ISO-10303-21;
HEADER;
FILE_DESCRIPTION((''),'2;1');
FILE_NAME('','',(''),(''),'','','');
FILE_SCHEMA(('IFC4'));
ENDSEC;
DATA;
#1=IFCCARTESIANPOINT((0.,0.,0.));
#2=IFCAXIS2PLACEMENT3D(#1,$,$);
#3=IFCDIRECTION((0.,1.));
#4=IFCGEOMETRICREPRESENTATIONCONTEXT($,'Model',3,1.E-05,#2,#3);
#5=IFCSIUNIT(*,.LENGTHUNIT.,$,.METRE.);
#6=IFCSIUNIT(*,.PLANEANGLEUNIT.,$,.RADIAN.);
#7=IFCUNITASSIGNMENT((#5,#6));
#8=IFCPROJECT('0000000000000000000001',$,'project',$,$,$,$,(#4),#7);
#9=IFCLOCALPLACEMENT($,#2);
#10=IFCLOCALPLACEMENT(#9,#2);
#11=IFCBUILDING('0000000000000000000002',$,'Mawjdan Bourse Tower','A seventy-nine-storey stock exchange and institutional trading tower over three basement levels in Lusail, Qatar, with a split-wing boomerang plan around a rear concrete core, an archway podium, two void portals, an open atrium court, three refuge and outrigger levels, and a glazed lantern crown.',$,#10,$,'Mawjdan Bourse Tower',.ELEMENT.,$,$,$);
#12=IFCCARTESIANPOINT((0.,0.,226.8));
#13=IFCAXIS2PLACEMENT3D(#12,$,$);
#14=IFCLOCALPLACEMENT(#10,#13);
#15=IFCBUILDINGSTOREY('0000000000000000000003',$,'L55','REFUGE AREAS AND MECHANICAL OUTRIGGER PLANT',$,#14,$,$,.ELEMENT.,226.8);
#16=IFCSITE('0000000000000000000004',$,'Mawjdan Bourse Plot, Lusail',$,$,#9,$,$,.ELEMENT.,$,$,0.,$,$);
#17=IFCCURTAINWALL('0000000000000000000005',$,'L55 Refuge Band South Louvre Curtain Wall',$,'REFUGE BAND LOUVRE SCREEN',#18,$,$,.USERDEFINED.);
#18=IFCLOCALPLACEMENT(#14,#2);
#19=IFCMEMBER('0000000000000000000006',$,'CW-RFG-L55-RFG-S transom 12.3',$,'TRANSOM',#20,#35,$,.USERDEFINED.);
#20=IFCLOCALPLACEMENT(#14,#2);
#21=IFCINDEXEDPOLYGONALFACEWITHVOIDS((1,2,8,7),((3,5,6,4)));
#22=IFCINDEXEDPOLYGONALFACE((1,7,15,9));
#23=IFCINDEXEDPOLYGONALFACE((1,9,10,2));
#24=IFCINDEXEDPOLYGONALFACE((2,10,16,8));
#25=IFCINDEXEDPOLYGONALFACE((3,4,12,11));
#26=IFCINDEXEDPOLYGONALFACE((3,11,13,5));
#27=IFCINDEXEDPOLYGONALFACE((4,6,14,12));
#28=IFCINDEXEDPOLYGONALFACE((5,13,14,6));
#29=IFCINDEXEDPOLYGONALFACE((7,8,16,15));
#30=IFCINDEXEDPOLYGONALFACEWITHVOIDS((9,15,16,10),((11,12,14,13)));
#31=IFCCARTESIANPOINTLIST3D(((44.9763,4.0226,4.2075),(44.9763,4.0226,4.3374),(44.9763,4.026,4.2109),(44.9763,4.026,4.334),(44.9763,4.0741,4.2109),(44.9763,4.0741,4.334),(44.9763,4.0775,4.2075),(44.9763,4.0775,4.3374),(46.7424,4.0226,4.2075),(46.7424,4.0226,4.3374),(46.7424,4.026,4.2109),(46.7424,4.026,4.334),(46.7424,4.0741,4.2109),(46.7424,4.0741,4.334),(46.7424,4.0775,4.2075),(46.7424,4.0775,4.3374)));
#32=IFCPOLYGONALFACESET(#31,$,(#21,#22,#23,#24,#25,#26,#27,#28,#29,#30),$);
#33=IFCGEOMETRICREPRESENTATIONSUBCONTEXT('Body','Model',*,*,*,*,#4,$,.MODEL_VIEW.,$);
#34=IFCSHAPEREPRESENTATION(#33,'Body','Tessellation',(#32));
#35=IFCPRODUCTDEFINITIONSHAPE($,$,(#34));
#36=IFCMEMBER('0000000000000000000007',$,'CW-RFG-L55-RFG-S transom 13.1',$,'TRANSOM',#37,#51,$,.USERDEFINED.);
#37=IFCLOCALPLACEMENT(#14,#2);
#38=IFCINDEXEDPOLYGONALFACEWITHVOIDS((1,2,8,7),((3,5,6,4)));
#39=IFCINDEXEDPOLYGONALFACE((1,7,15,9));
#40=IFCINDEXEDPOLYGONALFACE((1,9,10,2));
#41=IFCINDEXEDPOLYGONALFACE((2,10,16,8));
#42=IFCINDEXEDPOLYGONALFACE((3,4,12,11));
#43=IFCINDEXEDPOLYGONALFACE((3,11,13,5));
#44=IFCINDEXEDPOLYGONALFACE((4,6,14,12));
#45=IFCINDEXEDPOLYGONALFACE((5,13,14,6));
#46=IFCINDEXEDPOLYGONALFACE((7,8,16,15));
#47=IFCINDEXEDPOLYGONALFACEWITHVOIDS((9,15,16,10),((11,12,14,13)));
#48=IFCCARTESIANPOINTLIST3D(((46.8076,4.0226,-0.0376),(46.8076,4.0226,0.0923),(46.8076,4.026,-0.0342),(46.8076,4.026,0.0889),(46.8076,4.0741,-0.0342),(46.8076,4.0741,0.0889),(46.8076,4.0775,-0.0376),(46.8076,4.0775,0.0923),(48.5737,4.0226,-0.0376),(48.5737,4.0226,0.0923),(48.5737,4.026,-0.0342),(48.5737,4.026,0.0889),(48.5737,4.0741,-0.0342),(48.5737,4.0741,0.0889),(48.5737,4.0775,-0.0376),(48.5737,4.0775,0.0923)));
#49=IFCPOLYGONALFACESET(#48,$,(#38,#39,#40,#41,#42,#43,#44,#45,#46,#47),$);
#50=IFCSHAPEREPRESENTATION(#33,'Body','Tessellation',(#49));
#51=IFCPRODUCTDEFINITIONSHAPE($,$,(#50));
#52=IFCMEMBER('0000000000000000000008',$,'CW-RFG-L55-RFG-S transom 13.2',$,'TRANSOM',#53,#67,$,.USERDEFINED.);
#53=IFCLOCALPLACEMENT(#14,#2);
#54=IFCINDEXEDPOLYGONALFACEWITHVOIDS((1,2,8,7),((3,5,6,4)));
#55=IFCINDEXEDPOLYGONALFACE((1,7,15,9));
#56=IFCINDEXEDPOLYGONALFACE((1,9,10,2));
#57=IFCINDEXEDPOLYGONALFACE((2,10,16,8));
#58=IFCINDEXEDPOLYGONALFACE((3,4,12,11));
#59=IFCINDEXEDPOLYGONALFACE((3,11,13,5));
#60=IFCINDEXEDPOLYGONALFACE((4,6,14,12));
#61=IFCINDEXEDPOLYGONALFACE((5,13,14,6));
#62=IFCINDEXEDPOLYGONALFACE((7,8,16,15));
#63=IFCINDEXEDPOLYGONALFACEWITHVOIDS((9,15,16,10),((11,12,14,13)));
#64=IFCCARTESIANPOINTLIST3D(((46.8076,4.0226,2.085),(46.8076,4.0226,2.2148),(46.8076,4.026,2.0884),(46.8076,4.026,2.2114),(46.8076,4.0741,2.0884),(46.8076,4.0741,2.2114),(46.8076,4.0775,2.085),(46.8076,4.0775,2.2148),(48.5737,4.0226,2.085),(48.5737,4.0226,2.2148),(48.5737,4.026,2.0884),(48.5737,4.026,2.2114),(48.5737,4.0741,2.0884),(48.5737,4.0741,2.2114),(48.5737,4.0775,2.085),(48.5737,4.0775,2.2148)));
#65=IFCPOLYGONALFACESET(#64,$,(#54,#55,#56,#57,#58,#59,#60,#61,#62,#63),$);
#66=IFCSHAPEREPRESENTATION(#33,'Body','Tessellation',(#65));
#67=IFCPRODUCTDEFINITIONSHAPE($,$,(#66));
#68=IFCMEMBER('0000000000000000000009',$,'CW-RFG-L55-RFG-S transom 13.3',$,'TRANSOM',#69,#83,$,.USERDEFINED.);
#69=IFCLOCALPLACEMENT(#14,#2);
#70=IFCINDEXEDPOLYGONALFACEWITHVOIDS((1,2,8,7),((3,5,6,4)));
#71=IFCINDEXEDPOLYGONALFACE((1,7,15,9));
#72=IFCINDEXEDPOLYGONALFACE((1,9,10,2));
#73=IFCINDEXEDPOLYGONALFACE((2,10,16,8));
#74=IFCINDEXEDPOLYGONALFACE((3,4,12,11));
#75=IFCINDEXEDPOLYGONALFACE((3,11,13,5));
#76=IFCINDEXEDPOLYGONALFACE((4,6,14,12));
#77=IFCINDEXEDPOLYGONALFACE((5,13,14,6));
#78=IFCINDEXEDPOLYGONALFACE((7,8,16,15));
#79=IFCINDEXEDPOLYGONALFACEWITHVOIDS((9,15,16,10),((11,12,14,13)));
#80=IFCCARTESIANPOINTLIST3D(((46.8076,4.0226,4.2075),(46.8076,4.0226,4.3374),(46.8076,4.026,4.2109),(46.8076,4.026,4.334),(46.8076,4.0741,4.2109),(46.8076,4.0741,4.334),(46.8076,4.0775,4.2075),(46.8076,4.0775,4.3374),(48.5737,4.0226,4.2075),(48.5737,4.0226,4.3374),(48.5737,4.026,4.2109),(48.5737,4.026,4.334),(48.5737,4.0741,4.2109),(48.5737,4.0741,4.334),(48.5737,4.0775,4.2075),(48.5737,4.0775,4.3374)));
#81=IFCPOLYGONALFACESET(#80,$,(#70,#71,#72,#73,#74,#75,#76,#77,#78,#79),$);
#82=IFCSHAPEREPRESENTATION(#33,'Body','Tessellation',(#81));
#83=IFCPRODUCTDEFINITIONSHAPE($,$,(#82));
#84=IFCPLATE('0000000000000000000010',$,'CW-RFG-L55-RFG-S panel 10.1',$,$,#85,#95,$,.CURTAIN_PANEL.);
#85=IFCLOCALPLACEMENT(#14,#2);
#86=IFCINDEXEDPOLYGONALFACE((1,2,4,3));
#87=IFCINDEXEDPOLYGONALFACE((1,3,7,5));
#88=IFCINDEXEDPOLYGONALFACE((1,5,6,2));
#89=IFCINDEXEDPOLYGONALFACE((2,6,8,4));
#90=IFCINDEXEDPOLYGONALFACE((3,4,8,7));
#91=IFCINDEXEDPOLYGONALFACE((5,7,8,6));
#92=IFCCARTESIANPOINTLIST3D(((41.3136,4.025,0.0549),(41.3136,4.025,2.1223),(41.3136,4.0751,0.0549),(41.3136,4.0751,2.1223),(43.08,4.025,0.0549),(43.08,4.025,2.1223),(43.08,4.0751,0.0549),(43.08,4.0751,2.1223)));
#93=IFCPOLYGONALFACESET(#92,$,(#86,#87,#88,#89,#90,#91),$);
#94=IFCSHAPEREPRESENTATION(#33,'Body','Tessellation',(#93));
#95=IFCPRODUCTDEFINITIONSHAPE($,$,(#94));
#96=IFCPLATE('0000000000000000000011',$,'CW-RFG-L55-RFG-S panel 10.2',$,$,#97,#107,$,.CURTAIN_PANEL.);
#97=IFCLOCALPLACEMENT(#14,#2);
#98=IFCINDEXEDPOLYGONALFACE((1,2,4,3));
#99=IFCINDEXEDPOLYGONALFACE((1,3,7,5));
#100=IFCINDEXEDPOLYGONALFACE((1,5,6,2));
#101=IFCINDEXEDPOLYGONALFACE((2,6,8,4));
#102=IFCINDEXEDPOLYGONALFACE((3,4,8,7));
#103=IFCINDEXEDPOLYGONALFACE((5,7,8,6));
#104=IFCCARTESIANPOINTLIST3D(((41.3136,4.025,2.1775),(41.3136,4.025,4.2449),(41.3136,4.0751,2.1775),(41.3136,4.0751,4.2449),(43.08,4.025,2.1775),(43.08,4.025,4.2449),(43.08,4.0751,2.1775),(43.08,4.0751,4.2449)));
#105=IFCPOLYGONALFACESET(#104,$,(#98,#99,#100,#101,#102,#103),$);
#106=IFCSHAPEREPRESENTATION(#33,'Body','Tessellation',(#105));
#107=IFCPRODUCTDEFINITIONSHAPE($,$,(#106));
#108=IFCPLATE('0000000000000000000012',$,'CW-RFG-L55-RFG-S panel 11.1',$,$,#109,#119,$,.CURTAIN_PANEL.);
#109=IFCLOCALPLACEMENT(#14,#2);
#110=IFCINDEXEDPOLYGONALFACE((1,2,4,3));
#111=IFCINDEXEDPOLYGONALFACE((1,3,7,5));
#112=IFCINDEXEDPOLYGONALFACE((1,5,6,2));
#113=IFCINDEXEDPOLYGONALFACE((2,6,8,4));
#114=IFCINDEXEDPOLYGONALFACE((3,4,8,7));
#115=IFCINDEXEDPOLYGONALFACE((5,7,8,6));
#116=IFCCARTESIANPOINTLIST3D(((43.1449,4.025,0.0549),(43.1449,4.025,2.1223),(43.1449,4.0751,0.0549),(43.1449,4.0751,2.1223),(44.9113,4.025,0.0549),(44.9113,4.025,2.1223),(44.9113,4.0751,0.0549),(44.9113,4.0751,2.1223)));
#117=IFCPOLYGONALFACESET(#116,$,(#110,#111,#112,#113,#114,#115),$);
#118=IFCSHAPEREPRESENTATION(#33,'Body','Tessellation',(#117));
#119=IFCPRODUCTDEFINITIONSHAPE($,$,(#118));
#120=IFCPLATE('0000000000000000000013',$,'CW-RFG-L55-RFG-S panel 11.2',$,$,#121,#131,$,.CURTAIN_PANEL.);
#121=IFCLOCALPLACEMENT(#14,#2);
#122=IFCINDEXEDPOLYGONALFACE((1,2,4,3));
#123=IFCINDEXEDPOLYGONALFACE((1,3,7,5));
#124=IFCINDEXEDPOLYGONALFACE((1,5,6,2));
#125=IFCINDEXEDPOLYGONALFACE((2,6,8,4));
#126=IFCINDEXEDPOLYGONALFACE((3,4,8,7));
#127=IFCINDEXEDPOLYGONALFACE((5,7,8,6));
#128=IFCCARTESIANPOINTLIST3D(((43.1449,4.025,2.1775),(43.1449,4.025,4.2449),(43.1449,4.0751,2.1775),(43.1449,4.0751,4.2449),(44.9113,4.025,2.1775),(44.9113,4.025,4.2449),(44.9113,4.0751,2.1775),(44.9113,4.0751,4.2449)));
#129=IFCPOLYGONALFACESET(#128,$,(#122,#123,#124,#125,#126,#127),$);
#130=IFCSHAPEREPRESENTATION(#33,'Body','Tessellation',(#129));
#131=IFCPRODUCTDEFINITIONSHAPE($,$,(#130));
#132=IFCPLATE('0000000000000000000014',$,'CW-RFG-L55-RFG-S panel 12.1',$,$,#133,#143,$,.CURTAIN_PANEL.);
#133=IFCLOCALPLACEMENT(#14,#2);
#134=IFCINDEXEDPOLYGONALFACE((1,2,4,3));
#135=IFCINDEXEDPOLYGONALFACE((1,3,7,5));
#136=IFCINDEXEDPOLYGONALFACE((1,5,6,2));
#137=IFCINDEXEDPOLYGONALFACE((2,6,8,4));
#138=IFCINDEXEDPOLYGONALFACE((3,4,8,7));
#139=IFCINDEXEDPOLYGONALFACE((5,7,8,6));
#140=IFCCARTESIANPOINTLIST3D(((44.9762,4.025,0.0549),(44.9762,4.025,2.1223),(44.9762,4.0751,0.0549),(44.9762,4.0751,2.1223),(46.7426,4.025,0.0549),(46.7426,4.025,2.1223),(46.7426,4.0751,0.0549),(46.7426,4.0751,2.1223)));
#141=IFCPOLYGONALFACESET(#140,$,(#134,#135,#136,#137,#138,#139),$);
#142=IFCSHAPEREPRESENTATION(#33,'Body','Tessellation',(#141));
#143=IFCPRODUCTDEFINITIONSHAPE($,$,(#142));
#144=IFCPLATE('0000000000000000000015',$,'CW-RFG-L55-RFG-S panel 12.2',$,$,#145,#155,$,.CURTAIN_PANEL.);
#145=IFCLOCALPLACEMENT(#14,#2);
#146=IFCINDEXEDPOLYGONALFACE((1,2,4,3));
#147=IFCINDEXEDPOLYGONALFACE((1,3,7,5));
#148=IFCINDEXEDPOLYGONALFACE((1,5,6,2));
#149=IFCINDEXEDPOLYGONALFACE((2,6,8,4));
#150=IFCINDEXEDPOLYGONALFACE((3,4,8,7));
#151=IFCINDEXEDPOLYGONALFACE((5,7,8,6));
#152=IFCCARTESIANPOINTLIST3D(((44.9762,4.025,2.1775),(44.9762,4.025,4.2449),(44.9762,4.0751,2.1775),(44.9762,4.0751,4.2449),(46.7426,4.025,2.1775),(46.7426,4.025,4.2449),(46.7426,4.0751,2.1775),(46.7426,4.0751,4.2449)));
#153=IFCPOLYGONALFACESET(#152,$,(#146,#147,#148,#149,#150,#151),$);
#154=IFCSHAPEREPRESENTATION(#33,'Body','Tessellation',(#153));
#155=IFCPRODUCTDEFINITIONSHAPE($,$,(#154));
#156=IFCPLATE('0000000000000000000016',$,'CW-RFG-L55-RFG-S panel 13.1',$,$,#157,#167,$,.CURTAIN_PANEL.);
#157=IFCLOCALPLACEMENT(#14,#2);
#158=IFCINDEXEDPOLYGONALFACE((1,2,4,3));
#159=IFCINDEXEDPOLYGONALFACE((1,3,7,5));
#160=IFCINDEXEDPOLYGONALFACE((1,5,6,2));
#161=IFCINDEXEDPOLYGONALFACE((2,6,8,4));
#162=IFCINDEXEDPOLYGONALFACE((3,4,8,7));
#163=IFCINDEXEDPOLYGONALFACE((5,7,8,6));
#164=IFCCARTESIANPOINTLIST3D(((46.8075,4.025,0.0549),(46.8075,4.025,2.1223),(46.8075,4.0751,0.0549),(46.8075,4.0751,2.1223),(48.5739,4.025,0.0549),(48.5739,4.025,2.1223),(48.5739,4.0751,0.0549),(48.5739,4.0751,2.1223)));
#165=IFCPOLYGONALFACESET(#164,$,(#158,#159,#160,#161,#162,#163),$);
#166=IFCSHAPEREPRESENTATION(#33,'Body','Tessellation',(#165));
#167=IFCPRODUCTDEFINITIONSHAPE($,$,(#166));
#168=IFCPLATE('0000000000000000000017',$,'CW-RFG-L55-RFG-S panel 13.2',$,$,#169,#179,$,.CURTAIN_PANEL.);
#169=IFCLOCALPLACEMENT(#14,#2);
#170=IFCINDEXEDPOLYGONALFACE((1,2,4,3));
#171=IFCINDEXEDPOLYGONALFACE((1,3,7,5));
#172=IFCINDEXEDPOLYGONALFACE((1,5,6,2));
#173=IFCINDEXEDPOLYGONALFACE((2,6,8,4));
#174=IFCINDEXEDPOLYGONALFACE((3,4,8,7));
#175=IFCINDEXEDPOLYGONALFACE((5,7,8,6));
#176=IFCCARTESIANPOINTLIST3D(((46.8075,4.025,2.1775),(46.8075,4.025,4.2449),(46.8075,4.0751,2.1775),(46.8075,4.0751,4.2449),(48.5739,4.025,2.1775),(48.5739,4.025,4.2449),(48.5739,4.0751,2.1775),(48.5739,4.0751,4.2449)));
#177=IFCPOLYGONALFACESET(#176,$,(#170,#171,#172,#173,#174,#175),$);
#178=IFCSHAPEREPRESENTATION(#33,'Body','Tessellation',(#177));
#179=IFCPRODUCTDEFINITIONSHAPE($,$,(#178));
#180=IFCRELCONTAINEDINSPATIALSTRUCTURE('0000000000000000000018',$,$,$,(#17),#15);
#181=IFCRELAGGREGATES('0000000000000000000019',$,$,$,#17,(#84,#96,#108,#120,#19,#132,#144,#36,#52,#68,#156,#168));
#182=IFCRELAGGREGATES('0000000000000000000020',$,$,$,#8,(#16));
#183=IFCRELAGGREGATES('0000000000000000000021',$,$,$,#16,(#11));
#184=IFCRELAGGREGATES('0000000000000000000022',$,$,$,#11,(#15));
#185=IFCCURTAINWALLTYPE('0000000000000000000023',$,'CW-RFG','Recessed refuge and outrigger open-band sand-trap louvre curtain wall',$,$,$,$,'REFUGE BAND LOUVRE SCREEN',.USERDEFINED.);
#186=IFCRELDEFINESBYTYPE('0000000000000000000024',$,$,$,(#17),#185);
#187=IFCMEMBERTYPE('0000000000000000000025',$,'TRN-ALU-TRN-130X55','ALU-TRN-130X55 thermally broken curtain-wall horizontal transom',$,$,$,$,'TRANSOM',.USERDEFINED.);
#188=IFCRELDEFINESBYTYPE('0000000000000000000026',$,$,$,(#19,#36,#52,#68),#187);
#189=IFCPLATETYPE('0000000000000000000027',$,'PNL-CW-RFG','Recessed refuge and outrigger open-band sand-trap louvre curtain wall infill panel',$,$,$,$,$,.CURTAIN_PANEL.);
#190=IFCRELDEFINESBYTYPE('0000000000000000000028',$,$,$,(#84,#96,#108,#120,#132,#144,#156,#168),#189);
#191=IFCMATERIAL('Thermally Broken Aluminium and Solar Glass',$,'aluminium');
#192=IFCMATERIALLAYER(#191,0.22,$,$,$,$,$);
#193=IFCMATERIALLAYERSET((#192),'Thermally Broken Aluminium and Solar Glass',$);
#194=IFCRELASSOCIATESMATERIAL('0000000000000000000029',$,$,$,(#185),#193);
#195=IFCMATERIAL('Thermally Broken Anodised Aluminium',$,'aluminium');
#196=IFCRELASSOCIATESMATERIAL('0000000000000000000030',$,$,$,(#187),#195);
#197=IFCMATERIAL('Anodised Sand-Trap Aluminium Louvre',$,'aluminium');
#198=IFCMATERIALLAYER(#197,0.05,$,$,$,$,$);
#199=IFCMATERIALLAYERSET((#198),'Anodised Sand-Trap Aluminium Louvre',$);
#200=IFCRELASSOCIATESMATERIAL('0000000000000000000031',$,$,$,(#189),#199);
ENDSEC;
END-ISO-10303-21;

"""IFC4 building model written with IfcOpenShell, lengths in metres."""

from ifc_helpers import new_model, si_unit, direction, frame, origin, origin_2d, place, context, subcontext, project, spatial, rectangle, hollow_rectangle, extrude, material, layer, layer_set, material_profile, profile_set, type_object, element, aggregate, save


model = new_model("IFC4")

# Units and contexts
model_context = context("Model", 3, precision=1e-05, world=origin(), true_north=direction((0.0, 1.0)))
body_context = subcontext(model_context, "Body", "Model", "MODEL_VIEW")
ifc_project = project(units=[si_unit("LENGTHUNIT", "METRE"), si_unit("PLANEANGLEUNIT", "RADIAN")], contexts=[model_context])

# Site, building, storey
site_placement = place(None, origin())
site = spatial("IfcSite", under=ifc_project, at=site_placement, Name="Mawjdan Bourse Plot, Lusail", CompositionType="ELEMENT", RefElevation=0.0)
building_placement = place(site_placement, origin())
building = spatial("IfcBuilding", under=site, at=building_placement, Name="Mawjdan Bourse Tower", Description="A seventy-nine-storey stock exchange and institutional trading tower over three basement levels in Lusail, Qatar, with a split-wing boomerang plan around a rear concrete core, an archway podium, two void portals, an open atrium court, three refuge and outrigger levels, and a glazed lantern crown.", LongName="Mawjdan Bourse Tower", CompositionType="ELEMENT")
storey_placement = place(building_placement, frame((0.0, 0.0, 226.8)))
storey = spatial("IfcBuildingStorey", under=building, at=storey_placement, Name="L55", Description="REFUGE AREAS AND MECHANICAL OUTRIGGER PLANT", CompositionType="ELEMENT", Elevation=226.8)

# Curtain wall
ifc_material_1 = material(Name="Thermally Broken Aluminium and Solar Glass", Category="aluminium")
ifc_layer_1 = layer(ifc_material_1, 0.22)
ifc_layer_set_1 = layer_set([ifc_layer_1], Name="Thermally Broken Aluminium and Solar Glass")
curtain_wall_type = type_object("IfcCurtainWallType", Name="CW-RFG", Description="Recessed refuge and outrigger open-band sand-trap louvre curtain wall", ElementType="REFUGE BAND LOUVRE SCREEN", PredefinedType="USERDEFINED", material=ifc_layer_set_1)
curtain_wall_placement = place(storey_placement, origin())
curtain_wall = element("IfcCurtainWall", 1, at=curtain_wall_placement, inside=storey, type_object=curtain_wall_type, Name="L55 Refuge Band South Louvre Curtain Wall", ObjectType="REFUGE BAND LOUVRE SCREEN", PredefinedType="USERDEFINED")
ifc_material_2 = material(Name="Thermally Broken Anodised Aluminium", Category="aluminium")

# Members
ifc_material_profile_1 = material_profile(ifc_material_2, hollow_rectangle(XDim=0.0549, YDim=0.1299, WallThickness=0.0034, at=origin_2d()), Name="ALU-TRN-130X55")
ifc_profile_set_1 = profile_set([ifc_material_profile_1], Name="Thermally Broken Anodised Aluminium")
member_type_1 = type_object("IfcMemberType", Name="TRN-ALU-TRN-130X55", Description="ALU-TRN-130X55 thermally broken curtain-wall horizontal transom", ElementType="TRANSOM", PredefinedType="USERDEFINED", material=ifc_profile_set_1)
member_1_placement = place(storey_placement, frame((44.9763, 4.05, 4.2725), z_axis=(1.0, 0.0, 0.0), x_axis=(0.0, 1.0, 0.0)))
member_1 = element("IfcMember", 2, at=member_1_placement, type_object=member_type_1, Name="CW-RFG-L55-RFG-S transom 12.3", ObjectType="TRANSOM", PredefinedType="USERDEFINED", context=body_context, shape_type="SweptSolid", body=[
    extrude(hollow_rectangle(XDim=0.0549, YDim=0.1299, WallThickness=0.0034, at=origin_2d()), origin(), (0.0, 0.0, 1.0), 1.7661),
])
member_2_placement = place(storey_placement, frame((46.8076, 4.05, 0.0273), z_axis=(1.0, 0.0, 0.0), x_axis=(0.0, 1.0, 0.0)))
member_2 = element("IfcMember", 3, at=member_2_placement, type_object=member_type_1, Name="CW-RFG-L55-RFG-S transom 13.1", ObjectType="TRANSOM", PredefinedType="USERDEFINED", context=body_context, shape_type="SweptSolid", body=[
    extrude(hollow_rectangle(XDim=0.0549, YDim=0.1299, WallThickness=0.0034, at=origin_2d()), origin(), (0.0, 0.0, 1.0), 1.7661),
])
member_3_placement = place(storey_placement, frame((46.8076, 4.05, 2.1499), z_axis=(1.0, 0.0, 0.0), x_axis=(0.0, 1.0, 0.0)))
member_3 = element("IfcMember", 4, at=member_3_placement, type_object=member_type_1, Name="CW-RFG-L55-RFG-S transom 13.2", ObjectType="TRANSOM", PredefinedType="USERDEFINED", context=body_context, shape_type="SweptSolid", body=[
    extrude(hollow_rectangle(XDim=0.0549, YDim=0.1299, WallThickness=0.0034, at=origin_2d()), origin(), (0.0, 0.0, 1.0), 1.7661),
])
member_4_placement = place(storey_placement, frame((46.8076, 4.05, 4.2725), z_axis=(1.0, 0.0, 0.0), x_axis=(0.0, 1.0, 0.0)))
member_4 = element("IfcMember", 5, at=member_4_placement, type_object=member_type_1, Name="CW-RFG-L55-RFG-S transom 13.3", ObjectType="TRANSOM", PredefinedType="USERDEFINED", context=body_context, shape_type="SweptSolid", body=[
    extrude(hollow_rectangle(XDim=0.0549, YDim=0.1299, WallThickness=0.0034, at=origin_2d()), origin(), (0.0, 0.0, 1.0), 1.7661),
])

# Plates
ifc_material_3 = material(Name="Anodised Sand-Trap Aluminium Louvre", Category="aluminium")
ifc_layer_2 = layer(ifc_material_3, 0.05)
ifc_layer_set_2 = layer_set([ifc_layer_2], Name="Anodised Sand-Trap Aluminium Louvre")
plate_type = type_object("IfcPlateType", Name="PNL-CW-RFG", Description="Recessed refuge and outrigger open-band sand-trap louvre curtain wall infill panel", PredefinedType="CURTAIN_PANEL", material=ifc_layer_set_2)
plate_1_placement = place(storey_placement, frame((42.1968, 4.05, 0.0549), z_axis=(0.0, 0.0, 1.0), x_axis=(1.0, 0.0, 0.0)))
plate_1 = element("IfcPlate", 6, at=plate_1_placement, type_object=plate_type, Name="CW-RFG-L55-RFG-S panel 10.1", PredefinedType="CURTAIN_PANEL", context=body_context, shape_type="SweptSolid", body=[
    extrude(rectangle(XDim=1.7664, YDim=0.05, at=origin_2d()), origin(), (0.0, 0.0, 1.0), 2.0674),
])
plate_2_placement = place(storey_placement, frame((42.1968, 4.05, 2.1775), z_axis=(0.0, 0.0, 1.0), x_axis=(1.0, 0.0, 0.0)))
plate_2 = element("IfcPlate", 7, at=plate_2_placement, type_object=plate_type, Name="CW-RFG-L55-RFG-S panel 10.2", PredefinedType="CURTAIN_PANEL", context=body_context, shape_type="SweptSolid", body=[
    extrude(rectangle(XDim=1.7664, YDim=0.05, at=origin_2d()), origin(), (0.0, 0.0, 1.0), 2.0674),
])
plate_3_placement = place(storey_placement, frame((44.0281, 4.05, 0.0549), z_axis=(0.0, 0.0, 1.0), x_axis=(1.0, 0.0, 0.0)))
plate_3 = element("IfcPlate", 8, at=plate_3_placement, type_object=plate_type, Name="CW-RFG-L55-RFG-S panel 11.1", PredefinedType="CURTAIN_PANEL", context=body_context, shape_type="SweptSolid", body=[
    extrude(rectangle(XDim=1.7664, YDim=0.05, at=origin_2d()), origin(), (0.0, 0.0, 1.0), 2.0674),
])
plate_4_placement = place(storey_placement, frame((44.0281, 4.05, 2.1775), z_axis=(0.0, 0.0, 1.0), x_axis=(1.0, 0.0, 0.0)))
plate_4 = element("IfcPlate", 9, at=plate_4_placement, type_object=plate_type, Name="CW-RFG-L55-RFG-S panel 11.2", PredefinedType="CURTAIN_PANEL", context=body_context, shape_type="SweptSolid", body=[
    extrude(rectangle(XDim=1.7664, YDim=0.05, at=origin_2d()), origin(), (0.0, 0.0, 1.0), 2.0674),
])
plate_5_placement = place(storey_placement, frame((45.8594, 4.05, 0.0549), z_axis=(0.0, 0.0, 1.0), x_axis=(1.0, 0.0, 0.0)))
plate_5 = element("IfcPlate", 10, at=plate_5_placement, type_object=plate_type, Name="CW-RFG-L55-RFG-S panel 12.1", PredefinedType="CURTAIN_PANEL", context=body_context, shape_type="SweptSolid", body=[
    extrude(rectangle(XDim=1.7664, YDim=0.05, at=origin_2d()), origin(), (0.0, 0.0, 1.0), 2.0674),
])
plate_6_placement = place(storey_placement, frame((45.8594, 4.05, 2.1775), z_axis=(0.0, 0.0, 1.0), x_axis=(1.0, 0.0, 0.0)))
plate_6 = element("IfcPlate", 11, at=plate_6_placement, type_object=plate_type, Name="CW-RFG-L55-RFG-S panel 12.2", PredefinedType="CURTAIN_PANEL", context=body_context, shape_type="SweptSolid", body=[
    extrude(rectangle(XDim=1.7664, YDim=0.05, at=origin_2d()), origin(), (0.0, 0.0, 1.0), 2.0674),
])
plate_7_placement = place(storey_placement, frame((47.6907, 4.05, 0.0549), z_axis=(0.0, 0.0, 1.0), x_axis=(1.0, 0.0, 0.0)))
plate_7 = element("IfcPlate", 12, at=plate_7_placement, type_object=plate_type, Name="CW-RFG-L55-RFG-S panel 13.1", PredefinedType="CURTAIN_PANEL", context=body_context, shape_type="SweptSolid", body=[
    extrude(rectangle(XDim=1.7664, YDim=0.05, at=origin_2d()), origin(), (0.0, 0.0, 1.0), 2.0674),
])
plate_8_placement = place(storey_placement, frame((47.6907, 4.05, 2.1775), z_axis=(0.0, 0.0, 1.0), x_axis=(1.0, 0.0, 0.0)))
plate_8 = element("IfcPlate", 13, at=plate_8_placement, type_object=plate_type, Name="CW-RFG-L55-RFG-S panel 13.2", PredefinedType="CURTAIN_PANEL", context=body_context, shape_type="SweptSolid", body=[
    extrude(rectangle(XDim=1.7664, YDim=0.05, at=origin_2d()), origin(), (0.0, 0.0, 1.0), 2.0674),
])
aggregate(curtain_wall, [plate_1, plate_2, plate_3, plate_4, member_1, plate_5, plate_6, member_2, member_3, member_4, plate_7, plate_8])

save(model, "model.ifc")
